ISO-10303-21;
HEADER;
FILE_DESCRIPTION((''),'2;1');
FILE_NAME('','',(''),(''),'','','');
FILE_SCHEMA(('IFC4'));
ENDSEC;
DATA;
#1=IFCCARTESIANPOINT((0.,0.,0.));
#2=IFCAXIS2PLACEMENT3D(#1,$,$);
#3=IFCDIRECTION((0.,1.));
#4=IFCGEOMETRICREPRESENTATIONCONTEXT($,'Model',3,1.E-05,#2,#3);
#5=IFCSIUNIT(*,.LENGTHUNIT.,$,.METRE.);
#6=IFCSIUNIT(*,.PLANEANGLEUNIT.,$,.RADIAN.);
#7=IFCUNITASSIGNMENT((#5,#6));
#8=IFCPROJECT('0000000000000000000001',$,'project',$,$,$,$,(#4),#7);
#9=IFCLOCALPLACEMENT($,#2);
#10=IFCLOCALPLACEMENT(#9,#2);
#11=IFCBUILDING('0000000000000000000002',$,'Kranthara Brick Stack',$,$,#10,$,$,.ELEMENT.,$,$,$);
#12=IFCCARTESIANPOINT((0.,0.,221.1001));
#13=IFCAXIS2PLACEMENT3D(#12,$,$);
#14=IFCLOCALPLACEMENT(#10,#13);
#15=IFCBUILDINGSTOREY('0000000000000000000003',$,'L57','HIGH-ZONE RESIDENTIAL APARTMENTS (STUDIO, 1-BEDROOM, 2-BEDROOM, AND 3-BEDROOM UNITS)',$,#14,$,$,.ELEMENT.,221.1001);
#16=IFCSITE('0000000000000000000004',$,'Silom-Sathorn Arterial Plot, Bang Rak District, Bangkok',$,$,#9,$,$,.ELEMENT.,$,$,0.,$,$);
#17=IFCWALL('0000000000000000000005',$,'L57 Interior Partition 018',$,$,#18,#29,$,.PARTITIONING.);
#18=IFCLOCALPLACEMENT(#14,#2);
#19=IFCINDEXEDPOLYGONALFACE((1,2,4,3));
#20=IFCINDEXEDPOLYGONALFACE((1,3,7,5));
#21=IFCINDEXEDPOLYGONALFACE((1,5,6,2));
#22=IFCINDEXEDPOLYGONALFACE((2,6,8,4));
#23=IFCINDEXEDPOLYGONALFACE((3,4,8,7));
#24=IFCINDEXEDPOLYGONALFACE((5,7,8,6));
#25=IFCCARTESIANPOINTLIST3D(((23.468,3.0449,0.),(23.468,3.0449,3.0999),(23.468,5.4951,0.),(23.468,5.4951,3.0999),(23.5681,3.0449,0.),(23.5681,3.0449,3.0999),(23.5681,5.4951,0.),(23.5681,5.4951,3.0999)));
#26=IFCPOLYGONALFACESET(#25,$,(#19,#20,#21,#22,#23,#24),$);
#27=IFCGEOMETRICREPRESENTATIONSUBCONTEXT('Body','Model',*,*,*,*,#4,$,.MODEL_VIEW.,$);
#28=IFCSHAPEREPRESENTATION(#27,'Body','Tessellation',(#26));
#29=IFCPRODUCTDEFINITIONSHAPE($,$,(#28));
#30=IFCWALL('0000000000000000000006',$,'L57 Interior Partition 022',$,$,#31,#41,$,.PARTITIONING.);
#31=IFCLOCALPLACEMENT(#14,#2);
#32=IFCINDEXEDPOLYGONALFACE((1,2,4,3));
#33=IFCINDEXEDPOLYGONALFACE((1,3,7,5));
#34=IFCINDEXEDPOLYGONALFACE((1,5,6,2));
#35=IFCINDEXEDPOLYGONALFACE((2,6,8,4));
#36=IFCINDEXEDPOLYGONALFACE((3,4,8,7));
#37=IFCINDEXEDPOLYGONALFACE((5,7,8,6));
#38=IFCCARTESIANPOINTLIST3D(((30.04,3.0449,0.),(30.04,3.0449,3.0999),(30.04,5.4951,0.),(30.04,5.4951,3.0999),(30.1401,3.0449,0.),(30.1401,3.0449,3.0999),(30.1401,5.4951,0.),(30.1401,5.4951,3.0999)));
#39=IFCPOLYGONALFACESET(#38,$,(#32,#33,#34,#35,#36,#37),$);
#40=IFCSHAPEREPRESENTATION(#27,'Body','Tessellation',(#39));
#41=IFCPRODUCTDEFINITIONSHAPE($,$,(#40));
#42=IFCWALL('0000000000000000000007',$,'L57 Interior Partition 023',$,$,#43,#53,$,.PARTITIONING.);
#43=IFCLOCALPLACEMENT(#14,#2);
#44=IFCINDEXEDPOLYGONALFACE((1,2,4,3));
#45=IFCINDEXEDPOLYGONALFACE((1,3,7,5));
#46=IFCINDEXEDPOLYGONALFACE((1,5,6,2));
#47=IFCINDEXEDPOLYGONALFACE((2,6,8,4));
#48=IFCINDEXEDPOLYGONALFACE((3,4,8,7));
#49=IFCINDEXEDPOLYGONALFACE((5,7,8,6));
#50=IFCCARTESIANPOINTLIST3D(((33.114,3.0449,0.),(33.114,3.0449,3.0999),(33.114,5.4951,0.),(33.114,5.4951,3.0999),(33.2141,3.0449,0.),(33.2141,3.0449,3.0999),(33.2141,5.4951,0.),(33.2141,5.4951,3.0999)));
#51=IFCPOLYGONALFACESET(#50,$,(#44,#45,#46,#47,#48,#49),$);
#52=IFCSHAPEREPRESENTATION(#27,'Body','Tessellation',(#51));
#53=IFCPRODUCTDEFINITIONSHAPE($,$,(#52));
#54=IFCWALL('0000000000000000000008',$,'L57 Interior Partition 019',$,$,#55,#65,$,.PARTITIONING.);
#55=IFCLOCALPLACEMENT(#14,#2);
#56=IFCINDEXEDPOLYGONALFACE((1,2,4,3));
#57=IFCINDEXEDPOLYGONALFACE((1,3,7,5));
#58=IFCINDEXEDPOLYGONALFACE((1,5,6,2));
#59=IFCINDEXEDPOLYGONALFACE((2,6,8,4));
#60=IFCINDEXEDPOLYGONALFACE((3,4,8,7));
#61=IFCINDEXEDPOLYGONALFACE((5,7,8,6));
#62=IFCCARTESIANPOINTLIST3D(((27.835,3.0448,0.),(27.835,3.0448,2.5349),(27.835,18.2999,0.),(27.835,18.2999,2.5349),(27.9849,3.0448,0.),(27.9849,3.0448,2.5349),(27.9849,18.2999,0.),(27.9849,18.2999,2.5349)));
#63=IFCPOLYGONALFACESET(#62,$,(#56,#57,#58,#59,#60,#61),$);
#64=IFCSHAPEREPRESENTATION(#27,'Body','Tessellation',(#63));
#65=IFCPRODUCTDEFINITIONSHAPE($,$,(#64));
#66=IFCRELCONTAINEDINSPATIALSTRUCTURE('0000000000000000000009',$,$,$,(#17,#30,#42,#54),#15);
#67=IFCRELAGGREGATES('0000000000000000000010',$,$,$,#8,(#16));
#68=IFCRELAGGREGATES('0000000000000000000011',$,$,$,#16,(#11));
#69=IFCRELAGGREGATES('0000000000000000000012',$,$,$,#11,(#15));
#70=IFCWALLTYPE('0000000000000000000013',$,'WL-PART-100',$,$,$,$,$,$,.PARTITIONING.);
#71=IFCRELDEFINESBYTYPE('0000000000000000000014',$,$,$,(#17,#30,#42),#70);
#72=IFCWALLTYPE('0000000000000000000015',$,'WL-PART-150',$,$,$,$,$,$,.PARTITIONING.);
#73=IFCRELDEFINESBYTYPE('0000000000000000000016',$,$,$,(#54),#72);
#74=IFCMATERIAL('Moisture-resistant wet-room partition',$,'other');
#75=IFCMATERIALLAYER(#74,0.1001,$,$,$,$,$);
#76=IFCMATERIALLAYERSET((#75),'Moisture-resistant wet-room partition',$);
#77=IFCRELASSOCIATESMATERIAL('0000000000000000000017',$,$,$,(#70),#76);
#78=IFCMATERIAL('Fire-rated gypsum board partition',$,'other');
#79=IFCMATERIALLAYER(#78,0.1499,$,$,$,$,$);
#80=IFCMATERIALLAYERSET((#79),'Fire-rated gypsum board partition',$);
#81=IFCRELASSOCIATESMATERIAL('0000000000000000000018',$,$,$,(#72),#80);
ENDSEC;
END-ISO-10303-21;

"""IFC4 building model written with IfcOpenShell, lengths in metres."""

from ifc_helpers import new_model, si_unit, direction, frame, frame_2d, origin, place, context, subcontext, project, spatial, rectangle, extrude, material, layer, layer_set, type_object, element, save


model = new_model("IFC4")

# Units and contexts
model_context = context("Model", 3, precision=1e-05, world=origin(), true_north=direction((0.0, 1.0)))
body_context = subcontext(model_context, "Body", "Model", "MODEL_VIEW")
ifc_project = project(units=[si_unit("LENGTHUNIT", "METRE"), si_unit("PLANEANGLEUNIT", "RADIAN")], contexts=[model_context])

# Site, building, storey
site_placement = place(None, origin())
site = spatial("IfcSite", under=ifc_project, at=site_placement, Name="Silom-Sathorn Arterial Plot, Bang Rak District, Bangkok", CompositionType="ELEMENT", RefElevation=0.0)
building_placement = place(site_placement, origin())
building = spatial("IfcBuilding", under=site, at=building_placement, Name="Kranthara Brick Stack", CompositionType="ELEMENT")
storey_placement = place(building_placement, frame((0.0, 0.0, 221.1001)))
storey = spatial("IfcBuildingStorey", under=building, at=storey_placement, Name="L57", Description="HIGH-ZONE RESIDENTIAL APARTMENTS (STUDIO, 1-BEDROOM, 2-BEDROOM, AND 3-BEDROOM UNITS)", CompositionType="ELEMENT", Elevation=221.1001)

# Walls
ifc_material_1 = material(Name="Moisture-resistant wet-room partition", Category="other")
ifc_layer_1 = layer(ifc_material_1, 0.1001)
ifc_layer_set_1 = layer_set([ifc_layer_1], Name="Moisture-resistant wet-room partition")
wall_type_1 = type_object("IfcWallType", Name="WL-PART-100", PredefinedType="PARTITIONING", material=ifc_layer_set_1)
for number, where, z_axis, x_axis, name in (
    (1, (23.5181, 3.0449, 0.0), (0.0, 0.0, 1.0), (0.0, 1.0, 0.0), "L57 Interior Partition 018"),
    (2, (30.0901, 3.0449, 0.0), (0.0, 0.0, 1.0), (0.0, 1.0, 0.0), "L57 Interior Partition 022"),
    (3, (33.1641, 3.0449, 0.0), (0.0, 0.0, 1.0), (0.0, 1.0, 0.0), "L57 Interior Partition 023"),
):
    element("IfcWall", number, at=place(storey_placement, frame(where, z_axis=z_axis, x_axis=x_axis)), inside=storey, type_object=wall_type_1, Name=name, PredefinedType="PARTITIONING", context=body_context, shape_type="SweptSolid", body=[
        extrude(rectangle(XDim=2.4502, YDim=0.1001, at=frame_2d((1.2251, 0.0))), origin(), (0.0, 0.0, 1.0), 3.0999),
    ])
ifc_material_2 = material(Name="Fire-rated gypsum board partition", Category="other")
ifc_layer_2 = layer(ifc_material_2, 0.1499)
ifc_layer_set_2 = layer_set([ifc_layer_2], Name="Fire-rated gypsum board partition")
wall_type_2 = type_object("IfcWallType", Name="WL-PART-150", PredefinedType="PARTITIONING", material=ifc_layer_set_2)
wall_placement = place(storey_placement, frame((27.9099, 3.0449, 0.0), z_axis=(0.0, 0.0, 1.0), x_axis=(0.0, 1.0, 0.0)))
element("IfcWall", 4, at=wall_placement, inside=storey, type_object=wall_type_2, Name="L57 Interior Partition 019", PredefinedType="PARTITIONING", context=body_context, shape_type="SweptSolid", body=[
    extrude(rectangle(XDim=15.2551, YDim=0.1499, at=frame_2d((7.6274, 0.0))), origin(), (0.0, 0.0, 1.0), 2.5349),
])

save(model, "model.ifc")
